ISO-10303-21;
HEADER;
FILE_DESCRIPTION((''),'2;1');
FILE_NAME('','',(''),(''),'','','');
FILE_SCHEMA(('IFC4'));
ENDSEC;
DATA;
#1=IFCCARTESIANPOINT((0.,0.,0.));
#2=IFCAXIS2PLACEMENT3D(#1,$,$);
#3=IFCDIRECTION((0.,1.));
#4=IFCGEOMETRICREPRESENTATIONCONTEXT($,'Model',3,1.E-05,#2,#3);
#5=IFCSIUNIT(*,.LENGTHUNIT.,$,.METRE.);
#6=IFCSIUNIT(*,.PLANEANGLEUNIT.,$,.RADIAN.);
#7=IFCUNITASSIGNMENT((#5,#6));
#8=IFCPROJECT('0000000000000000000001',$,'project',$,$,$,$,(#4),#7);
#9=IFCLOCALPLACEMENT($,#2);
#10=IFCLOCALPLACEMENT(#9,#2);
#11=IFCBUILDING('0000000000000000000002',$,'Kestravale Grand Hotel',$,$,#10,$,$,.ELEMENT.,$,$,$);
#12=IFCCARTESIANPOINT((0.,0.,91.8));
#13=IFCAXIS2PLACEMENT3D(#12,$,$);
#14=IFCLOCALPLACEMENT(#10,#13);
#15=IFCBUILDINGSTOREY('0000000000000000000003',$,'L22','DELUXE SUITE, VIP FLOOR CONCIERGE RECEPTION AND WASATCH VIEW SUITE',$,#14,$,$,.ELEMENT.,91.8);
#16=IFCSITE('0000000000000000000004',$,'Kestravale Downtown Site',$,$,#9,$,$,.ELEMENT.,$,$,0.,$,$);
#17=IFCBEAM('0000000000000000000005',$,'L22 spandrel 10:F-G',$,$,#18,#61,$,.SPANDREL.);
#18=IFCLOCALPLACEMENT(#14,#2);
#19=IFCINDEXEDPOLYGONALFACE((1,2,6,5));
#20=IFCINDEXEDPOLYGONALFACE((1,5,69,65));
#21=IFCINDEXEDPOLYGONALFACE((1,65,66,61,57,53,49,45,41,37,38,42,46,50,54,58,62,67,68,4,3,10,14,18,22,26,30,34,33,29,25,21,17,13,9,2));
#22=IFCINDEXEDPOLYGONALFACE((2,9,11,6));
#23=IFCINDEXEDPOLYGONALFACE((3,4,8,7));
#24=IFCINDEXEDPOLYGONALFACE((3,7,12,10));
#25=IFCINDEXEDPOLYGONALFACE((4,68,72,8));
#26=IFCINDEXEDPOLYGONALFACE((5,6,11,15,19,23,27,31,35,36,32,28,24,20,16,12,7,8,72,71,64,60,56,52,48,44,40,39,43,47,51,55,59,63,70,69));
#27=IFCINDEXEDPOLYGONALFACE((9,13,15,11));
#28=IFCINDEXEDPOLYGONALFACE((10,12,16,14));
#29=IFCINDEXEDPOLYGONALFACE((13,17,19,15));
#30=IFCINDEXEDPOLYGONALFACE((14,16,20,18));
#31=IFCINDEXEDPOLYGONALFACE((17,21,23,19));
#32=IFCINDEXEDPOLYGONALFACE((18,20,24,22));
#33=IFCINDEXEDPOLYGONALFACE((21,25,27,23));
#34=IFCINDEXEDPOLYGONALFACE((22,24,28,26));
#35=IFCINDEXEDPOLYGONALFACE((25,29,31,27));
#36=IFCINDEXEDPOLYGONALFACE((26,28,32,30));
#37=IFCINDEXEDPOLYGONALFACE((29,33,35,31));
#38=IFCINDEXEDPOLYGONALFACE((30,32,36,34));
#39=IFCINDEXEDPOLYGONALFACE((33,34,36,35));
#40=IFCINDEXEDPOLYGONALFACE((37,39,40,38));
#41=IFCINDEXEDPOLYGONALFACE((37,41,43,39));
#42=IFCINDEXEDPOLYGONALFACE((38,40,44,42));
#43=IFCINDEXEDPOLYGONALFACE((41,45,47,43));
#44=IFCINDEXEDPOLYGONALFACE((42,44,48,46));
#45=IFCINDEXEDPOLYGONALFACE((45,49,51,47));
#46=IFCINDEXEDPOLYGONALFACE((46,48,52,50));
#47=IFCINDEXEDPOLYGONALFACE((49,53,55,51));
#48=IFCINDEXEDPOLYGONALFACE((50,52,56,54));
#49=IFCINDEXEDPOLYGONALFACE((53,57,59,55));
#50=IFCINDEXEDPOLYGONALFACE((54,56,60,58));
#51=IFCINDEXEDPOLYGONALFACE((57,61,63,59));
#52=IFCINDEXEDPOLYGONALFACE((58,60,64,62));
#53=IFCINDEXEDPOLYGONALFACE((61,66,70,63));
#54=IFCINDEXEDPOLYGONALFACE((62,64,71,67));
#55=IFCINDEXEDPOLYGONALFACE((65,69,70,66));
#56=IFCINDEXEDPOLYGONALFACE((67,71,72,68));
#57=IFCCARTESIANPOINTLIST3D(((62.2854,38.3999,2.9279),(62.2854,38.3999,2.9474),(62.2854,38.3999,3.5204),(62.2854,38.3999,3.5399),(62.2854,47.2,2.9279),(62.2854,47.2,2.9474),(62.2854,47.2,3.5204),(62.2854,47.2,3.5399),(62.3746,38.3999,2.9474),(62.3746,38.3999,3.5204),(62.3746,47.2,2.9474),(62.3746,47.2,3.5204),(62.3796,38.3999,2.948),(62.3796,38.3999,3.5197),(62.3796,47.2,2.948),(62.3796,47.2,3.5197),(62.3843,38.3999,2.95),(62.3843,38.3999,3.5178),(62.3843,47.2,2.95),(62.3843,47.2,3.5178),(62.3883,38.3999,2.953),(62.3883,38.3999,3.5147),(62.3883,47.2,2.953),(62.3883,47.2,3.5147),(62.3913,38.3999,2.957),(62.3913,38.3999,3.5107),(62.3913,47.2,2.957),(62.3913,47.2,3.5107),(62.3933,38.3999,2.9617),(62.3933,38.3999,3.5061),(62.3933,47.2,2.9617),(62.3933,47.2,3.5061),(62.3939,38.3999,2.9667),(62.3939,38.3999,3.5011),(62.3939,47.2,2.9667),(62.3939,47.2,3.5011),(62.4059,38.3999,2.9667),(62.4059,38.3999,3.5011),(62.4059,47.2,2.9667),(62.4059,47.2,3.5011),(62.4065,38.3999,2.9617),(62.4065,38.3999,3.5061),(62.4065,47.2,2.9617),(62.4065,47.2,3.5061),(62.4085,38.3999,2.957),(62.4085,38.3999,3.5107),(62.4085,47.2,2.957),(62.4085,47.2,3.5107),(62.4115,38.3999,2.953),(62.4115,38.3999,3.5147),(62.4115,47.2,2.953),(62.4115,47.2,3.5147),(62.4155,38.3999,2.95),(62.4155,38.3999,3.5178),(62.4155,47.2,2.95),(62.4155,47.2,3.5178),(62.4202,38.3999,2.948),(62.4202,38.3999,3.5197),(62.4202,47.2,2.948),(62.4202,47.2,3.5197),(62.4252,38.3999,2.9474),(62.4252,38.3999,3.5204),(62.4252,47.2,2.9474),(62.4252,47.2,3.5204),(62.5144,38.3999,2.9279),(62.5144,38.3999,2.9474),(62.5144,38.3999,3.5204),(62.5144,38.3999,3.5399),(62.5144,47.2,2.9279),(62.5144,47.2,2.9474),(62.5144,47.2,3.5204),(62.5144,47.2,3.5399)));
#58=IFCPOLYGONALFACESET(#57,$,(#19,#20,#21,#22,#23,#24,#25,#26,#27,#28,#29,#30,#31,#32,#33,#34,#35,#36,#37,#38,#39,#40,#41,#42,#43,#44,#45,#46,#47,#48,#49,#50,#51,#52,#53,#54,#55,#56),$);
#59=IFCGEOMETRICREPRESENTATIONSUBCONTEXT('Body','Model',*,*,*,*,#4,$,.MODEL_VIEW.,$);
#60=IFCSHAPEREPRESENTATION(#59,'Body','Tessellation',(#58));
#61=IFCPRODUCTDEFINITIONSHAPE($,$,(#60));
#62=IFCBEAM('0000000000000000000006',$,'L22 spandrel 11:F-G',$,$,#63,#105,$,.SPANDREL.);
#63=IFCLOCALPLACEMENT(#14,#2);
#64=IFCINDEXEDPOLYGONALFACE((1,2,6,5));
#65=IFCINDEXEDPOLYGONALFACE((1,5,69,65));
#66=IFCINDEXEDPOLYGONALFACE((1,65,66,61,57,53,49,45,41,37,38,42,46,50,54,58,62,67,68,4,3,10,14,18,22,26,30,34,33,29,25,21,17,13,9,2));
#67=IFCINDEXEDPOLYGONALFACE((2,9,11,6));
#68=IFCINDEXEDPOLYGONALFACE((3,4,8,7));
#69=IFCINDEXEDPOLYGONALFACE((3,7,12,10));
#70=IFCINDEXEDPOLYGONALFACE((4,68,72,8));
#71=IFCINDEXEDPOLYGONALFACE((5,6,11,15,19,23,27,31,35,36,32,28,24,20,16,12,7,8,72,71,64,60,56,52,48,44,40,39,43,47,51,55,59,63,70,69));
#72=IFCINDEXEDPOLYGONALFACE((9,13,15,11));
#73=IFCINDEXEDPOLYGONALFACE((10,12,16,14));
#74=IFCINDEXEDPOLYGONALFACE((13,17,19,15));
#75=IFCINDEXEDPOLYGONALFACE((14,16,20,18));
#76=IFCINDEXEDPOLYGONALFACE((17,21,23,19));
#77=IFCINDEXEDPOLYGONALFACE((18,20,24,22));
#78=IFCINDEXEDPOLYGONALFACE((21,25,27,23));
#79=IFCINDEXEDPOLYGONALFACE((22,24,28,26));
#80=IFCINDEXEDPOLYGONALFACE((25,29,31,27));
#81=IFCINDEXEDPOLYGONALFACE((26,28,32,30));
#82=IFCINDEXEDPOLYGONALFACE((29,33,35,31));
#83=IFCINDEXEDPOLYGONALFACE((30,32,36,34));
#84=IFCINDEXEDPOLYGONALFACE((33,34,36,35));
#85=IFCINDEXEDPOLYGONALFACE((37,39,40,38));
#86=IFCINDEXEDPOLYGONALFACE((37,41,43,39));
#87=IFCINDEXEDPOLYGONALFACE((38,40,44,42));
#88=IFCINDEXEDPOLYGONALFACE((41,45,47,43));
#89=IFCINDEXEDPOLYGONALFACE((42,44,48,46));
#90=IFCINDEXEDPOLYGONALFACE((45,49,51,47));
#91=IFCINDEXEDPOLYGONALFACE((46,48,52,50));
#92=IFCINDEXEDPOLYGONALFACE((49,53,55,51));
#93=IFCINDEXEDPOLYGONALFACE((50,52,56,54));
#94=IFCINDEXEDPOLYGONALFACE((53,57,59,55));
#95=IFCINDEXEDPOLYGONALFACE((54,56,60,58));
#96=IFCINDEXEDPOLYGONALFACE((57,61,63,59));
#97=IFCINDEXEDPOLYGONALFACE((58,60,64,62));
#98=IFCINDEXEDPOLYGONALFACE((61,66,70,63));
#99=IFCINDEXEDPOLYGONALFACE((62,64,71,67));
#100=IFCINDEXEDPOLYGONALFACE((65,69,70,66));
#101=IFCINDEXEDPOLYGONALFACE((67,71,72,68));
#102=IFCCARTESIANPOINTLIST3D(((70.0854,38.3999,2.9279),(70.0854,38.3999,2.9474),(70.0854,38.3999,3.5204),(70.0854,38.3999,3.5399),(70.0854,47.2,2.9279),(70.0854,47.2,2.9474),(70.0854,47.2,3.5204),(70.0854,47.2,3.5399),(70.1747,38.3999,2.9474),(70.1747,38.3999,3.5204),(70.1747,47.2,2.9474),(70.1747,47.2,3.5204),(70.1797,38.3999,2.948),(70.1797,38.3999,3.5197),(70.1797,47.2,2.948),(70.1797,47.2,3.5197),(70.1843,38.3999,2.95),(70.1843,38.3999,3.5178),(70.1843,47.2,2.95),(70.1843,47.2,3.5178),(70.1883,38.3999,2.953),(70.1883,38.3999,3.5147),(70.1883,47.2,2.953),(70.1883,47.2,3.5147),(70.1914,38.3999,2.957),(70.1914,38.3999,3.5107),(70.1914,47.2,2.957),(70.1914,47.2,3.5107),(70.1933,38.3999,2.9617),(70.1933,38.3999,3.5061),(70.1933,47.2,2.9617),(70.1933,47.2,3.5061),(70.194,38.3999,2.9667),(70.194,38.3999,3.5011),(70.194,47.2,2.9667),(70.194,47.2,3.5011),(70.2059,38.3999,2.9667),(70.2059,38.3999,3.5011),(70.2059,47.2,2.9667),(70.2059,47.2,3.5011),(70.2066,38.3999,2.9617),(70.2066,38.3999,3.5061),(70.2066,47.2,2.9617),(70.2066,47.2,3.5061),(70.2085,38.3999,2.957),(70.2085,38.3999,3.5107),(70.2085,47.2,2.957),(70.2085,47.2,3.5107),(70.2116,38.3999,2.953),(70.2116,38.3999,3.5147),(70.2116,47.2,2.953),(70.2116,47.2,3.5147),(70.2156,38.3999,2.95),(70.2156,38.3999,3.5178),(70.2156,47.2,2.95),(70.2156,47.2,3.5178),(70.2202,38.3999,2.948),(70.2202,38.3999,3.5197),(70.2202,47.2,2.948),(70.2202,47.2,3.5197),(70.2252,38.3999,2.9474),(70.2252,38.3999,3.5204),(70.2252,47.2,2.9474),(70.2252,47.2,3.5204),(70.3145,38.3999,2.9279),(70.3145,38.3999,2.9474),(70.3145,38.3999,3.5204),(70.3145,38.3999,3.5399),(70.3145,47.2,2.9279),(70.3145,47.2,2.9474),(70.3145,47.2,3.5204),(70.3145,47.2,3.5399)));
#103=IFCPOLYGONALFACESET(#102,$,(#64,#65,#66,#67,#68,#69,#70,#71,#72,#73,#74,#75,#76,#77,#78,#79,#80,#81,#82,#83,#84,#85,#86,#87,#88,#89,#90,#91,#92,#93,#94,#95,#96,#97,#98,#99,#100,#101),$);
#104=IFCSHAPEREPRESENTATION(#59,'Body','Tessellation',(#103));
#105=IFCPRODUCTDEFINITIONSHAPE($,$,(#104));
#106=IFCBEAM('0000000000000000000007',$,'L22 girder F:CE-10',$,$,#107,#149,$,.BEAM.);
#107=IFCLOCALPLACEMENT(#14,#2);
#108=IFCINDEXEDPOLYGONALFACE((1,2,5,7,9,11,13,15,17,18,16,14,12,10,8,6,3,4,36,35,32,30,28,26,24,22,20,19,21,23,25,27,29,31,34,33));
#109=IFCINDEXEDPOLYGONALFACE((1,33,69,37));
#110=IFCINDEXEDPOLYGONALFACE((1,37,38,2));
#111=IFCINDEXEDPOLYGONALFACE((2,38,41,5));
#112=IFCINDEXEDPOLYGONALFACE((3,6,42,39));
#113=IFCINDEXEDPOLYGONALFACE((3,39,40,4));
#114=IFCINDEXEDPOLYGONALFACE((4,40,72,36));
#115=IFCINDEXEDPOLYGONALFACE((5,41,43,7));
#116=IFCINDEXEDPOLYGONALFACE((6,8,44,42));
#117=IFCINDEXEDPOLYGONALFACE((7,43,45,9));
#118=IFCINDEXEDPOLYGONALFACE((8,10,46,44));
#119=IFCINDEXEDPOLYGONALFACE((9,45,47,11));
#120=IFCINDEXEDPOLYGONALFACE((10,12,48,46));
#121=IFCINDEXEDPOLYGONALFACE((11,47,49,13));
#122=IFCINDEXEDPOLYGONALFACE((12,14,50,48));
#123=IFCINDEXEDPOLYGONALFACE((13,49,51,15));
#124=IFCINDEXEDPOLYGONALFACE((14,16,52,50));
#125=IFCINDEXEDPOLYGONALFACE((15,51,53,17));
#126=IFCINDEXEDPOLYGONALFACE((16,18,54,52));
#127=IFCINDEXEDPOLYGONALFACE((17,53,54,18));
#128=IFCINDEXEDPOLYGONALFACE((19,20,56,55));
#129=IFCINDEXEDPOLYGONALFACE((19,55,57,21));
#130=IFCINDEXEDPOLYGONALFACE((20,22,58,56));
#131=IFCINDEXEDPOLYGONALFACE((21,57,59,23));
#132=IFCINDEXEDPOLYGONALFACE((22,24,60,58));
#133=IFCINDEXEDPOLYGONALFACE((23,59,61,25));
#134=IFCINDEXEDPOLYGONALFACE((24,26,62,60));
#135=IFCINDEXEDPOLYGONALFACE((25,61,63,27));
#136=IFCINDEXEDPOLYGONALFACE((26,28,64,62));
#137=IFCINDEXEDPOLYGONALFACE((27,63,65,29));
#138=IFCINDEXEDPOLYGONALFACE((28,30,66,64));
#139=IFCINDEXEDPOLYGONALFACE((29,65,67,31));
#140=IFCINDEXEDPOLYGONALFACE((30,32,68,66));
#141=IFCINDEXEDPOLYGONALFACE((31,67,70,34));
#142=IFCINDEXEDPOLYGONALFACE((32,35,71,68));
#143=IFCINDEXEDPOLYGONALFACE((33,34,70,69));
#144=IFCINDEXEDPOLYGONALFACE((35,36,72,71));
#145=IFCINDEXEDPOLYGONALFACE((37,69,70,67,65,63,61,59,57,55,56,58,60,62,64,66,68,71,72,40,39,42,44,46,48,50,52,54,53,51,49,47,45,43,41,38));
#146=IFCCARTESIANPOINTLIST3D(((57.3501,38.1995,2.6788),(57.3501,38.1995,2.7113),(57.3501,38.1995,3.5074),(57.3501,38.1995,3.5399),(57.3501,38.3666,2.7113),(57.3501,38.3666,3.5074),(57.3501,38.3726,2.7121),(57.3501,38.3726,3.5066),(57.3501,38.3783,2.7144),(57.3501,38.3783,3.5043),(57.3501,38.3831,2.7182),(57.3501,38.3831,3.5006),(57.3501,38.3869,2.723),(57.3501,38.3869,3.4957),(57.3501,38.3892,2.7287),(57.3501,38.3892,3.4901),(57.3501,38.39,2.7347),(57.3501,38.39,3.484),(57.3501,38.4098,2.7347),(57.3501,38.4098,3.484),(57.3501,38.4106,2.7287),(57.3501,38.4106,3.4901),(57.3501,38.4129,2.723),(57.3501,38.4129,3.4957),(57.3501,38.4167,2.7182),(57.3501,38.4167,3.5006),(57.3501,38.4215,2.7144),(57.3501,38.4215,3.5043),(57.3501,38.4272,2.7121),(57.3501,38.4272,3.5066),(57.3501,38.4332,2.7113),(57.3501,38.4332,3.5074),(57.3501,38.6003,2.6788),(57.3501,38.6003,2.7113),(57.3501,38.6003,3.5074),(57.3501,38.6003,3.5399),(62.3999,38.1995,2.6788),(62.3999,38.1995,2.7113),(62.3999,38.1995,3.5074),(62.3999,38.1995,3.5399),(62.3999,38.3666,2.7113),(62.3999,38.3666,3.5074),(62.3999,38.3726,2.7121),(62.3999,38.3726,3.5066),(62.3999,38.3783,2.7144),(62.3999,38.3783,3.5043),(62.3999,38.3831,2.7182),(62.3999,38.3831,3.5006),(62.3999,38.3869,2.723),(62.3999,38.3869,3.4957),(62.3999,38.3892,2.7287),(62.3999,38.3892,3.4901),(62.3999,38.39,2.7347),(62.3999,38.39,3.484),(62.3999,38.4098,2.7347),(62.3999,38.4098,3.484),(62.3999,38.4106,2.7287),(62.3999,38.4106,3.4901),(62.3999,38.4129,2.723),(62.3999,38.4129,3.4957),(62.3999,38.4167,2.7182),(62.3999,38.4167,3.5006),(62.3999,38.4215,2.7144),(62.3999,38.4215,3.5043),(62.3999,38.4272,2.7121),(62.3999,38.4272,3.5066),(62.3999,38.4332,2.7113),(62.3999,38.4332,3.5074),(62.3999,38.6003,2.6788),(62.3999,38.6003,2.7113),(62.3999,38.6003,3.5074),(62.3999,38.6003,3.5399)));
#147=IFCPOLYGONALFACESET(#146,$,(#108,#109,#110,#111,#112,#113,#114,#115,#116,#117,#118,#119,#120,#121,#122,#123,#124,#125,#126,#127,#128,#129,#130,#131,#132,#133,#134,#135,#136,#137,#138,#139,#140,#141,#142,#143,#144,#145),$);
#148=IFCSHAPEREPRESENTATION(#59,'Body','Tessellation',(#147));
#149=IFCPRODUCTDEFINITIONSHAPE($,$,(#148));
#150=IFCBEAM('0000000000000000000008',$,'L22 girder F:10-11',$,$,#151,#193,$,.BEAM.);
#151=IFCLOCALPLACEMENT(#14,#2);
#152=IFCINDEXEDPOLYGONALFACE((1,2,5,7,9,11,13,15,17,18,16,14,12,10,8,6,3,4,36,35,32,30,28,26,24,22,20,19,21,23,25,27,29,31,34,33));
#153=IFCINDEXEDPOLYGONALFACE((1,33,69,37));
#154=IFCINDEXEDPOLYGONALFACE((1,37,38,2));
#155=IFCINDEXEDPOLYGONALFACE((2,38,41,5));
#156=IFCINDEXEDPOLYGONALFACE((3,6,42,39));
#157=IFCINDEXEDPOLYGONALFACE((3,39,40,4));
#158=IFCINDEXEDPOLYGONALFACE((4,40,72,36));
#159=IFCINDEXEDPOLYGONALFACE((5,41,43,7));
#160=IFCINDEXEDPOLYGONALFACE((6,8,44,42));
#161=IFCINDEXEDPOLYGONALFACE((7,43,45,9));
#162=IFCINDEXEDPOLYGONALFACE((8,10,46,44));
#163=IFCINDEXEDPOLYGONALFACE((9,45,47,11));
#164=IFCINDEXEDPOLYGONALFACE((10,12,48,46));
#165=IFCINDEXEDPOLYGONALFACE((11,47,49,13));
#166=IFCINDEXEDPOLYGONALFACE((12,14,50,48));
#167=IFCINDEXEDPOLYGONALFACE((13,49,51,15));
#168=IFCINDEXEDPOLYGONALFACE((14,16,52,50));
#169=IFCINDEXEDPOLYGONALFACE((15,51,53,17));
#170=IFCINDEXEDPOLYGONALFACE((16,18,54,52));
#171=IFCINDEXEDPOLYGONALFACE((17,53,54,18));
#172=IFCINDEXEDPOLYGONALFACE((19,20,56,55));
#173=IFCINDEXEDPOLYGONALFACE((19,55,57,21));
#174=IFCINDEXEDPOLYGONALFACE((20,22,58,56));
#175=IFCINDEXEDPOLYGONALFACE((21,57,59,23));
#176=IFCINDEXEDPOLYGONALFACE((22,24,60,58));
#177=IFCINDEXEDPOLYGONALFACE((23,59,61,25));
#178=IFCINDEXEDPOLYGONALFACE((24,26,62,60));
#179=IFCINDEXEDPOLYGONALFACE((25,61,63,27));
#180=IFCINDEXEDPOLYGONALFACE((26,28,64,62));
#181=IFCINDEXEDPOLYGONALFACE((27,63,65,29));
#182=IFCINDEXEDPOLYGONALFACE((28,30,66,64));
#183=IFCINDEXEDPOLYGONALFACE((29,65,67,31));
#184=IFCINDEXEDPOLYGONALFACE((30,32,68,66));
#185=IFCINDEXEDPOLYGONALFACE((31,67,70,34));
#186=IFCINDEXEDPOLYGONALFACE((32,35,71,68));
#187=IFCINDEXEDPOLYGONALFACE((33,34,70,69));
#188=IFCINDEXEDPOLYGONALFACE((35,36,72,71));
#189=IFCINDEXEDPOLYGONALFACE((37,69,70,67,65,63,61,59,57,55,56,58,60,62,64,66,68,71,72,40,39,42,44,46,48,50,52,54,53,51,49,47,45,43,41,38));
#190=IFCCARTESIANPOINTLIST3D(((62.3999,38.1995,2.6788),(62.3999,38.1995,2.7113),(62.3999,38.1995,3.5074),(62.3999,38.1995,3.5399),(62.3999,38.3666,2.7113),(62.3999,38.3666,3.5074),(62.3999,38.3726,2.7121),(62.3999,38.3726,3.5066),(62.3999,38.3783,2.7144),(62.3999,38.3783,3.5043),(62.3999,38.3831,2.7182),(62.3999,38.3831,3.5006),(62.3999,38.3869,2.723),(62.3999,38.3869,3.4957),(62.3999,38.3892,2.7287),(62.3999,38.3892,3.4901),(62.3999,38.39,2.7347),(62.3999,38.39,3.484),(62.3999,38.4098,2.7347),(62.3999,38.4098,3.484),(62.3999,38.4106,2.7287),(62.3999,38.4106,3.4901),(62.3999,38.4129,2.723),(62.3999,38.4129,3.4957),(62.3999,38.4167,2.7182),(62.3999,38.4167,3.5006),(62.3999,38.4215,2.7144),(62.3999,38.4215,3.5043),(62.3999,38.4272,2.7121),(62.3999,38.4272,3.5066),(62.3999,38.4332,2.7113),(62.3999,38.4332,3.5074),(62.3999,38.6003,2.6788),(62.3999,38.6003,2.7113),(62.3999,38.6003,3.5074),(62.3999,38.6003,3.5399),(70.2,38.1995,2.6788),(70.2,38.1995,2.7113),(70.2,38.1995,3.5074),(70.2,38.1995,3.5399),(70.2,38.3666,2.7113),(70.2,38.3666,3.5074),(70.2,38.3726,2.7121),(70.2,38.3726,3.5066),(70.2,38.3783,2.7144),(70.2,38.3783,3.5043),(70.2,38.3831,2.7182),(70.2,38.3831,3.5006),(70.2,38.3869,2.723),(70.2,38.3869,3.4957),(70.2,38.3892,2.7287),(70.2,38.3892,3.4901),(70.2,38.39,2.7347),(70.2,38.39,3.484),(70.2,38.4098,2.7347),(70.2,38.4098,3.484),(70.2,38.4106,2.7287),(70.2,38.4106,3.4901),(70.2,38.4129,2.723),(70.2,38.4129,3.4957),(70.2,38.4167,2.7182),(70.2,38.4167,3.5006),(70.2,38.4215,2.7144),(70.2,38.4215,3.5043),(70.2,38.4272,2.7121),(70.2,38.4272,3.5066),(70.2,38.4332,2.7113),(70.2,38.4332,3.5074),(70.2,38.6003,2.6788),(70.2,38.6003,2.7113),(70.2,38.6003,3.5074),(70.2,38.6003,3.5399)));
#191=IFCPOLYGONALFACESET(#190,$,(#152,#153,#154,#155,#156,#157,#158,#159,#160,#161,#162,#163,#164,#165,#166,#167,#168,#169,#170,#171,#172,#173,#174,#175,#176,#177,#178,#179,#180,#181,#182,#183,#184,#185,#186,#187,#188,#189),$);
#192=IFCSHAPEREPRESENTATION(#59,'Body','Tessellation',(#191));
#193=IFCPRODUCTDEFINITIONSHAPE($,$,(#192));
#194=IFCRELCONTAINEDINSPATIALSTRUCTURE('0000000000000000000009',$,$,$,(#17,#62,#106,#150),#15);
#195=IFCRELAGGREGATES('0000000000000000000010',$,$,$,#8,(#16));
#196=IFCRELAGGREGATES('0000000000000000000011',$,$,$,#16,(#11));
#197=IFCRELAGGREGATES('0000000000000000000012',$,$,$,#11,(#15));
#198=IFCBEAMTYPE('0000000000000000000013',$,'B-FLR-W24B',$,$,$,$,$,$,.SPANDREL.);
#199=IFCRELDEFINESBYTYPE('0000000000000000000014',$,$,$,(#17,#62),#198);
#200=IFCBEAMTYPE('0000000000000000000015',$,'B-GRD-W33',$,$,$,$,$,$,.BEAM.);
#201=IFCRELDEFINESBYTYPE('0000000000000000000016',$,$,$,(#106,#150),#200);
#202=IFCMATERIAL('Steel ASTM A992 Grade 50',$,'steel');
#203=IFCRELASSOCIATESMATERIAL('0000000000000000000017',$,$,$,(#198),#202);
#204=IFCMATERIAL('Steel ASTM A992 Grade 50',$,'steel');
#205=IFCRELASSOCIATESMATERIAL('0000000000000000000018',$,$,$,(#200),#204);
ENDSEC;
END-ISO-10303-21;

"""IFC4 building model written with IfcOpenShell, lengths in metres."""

from ifc_helpers import new_model, si_unit, direction, frame, origin, origin_2d, place, context, subcontext, project, spatial, i_section, extrude, material, material_profile, profile_set, type_object, element, save


model = new_model("IFC4")

# Units and contexts
model_context = context("Model", 3, precision=1e-05, world=origin(), true_north=direction((0.0, 1.0)))
body_context = subcontext(model_context, "Body", "Model", "MODEL_VIEW")
ifc_project = project(units=[si_unit("LENGTHUNIT", "METRE"), si_unit("PLANEANGLEUNIT", "RADIAN")], contexts=[model_context])

# Site, building, storey
site_placement = place(None, origin())
site = spatial("IfcSite", under=ifc_project, at=site_placement, Name="Kestravale Downtown Site", CompositionType="ELEMENT", RefElevation=0.0)
building_placement = place(site_placement, origin())
building = spatial("IfcBuilding", under=site, at=building_placement, Name="Kestravale Grand Hotel", CompositionType="ELEMENT")
storey_placement = place(building_placement, frame((0.0, 0.0, 91.8)))
storey = spatial("IfcBuildingStorey", under=building, at=storey_placement, Name="L22", Description="DELUXE SUITE, VIP FLOOR CONCIERGE RECEPTION AND WASATCH VIEW SUITE", CompositionType="ELEMENT", Elevation=91.8)

# Beams
ifc_material_1 = material(Name="Steel ASTM A992 Grade 50", Category="steel")
ifc_material_profile_1 = material_profile(ifc_material_1, i_section(OverallWidth=0.229, OverallDepth=0.6121, WebThickness=0.012, FlangeThickness=0.0195, FilletRadius=0.0193, at=origin_2d()))
ifc_profile_set_1 = profile_set([ifc_material_profile_1], Name="Steel ASTM A992 Grade 50")
beam_type_1 = type_object("IfcBeamType", Name="B-FLR-W24B", PredefinedType="SPANDREL", material=ifc_profile_set_1)
for number, where, z_axis, x_axis, name in (
    (1, (62.3999, 38.3999, 3.2339), (0.0, 1.0, 0.0), (-1.0, 0.0, 0.0), "L22 spandrel 10:F-G"),
    (2, (70.2, 38.3999, 3.2339), (0.0, 1.0, 0.0), (-1.0, 0.0, 0.0), "L22 spandrel 11:F-G"),
):
    element("IfcBeam", number, at=place(storey_placement, frame(where, z_axis=z_axis, x_axis=x_axis)), inside=storey, type_object=beam_type_1, Name=name, PredefinedType="SPANDREL", context=body_context, shape_type="SweptSolid", body=[
        extrude(i_section(OverallWidth=0.229, OverallDepth=0.6121, WebThickness=0.012, FlangeThickness=0.0195, FilletRadius=0.0193, at=origin_2d()), origin(), (0.0, 0.0, 1.0), 8.8),
    ])
ifc_material_2 = material(Name="Steel ASTM A992 Grade 50", Category="steel")
ifc_material_profile_2 = material_profile(ifc_material_2, i_section(OverallWidth=0.4009, OverallDepth=0.8611, WebThickness=0.0198, FlangeThickness=0.0325, FilletRadius=0.0234, at=origin_2d()))
ifc_profile_set_2 = profile_set([ifc_material_profile_2], Name="Steel ASTM A992 Grade 50")
beam_type_2 = type_object("IfcBeamType", Name="B-GRD-W33", PredefinedType="BEAM", material=ifc_profile_set_2)
beam_1_placement = place(storey_placement, frame((57.3501, 38.3999, 3.1094), z_axis=(1.0, 0.0, 0.0), x_axis=(0.0, 1.0, 0.0)))
element("IfcBeam", 3, at=beam_1_placement, inside=storey, type_object=beam_type_2, Name="L22 girder F:CE-10", PredefinedType="BEAM", context=body_context, shape_type="SweptSolid", body=[
    extrude(i_section(OverallWidth=0.4009, OverallDepth=0.8611, WebThickness=0.0198, FlangeThickness=0.0325, FilletRadius=0.0234, at=origin_2d()), origin(), (0.0, 0.0, 1.0), 5.0498),
])
beam_2_placement = place(storey_placement, frame((62.3999, 38.3999, 3.1094), z_axis=(1.0, 0.0, 0.0), x_axis=(0.0, 1.0, 0.0)))
element("IfcBeam", 4, at=beam_2_placement, inside=storey, type_object=beam_type_2, Name="L22 girder F:10-11", PredefinedType="BEAM", context=body_context, shape_type="SweptSolid", body=[
    extrude(i_section(OverallWidth=0.4009, OverallDepth=0.8611, WebThickness=0.0198, FlangeThickness=0.0325, FilletRadius=0.0234, at=origin_2d()), origin(), (0.0, 0.0, 1.0), 7.8),
])

save(model, "model.ifc")
